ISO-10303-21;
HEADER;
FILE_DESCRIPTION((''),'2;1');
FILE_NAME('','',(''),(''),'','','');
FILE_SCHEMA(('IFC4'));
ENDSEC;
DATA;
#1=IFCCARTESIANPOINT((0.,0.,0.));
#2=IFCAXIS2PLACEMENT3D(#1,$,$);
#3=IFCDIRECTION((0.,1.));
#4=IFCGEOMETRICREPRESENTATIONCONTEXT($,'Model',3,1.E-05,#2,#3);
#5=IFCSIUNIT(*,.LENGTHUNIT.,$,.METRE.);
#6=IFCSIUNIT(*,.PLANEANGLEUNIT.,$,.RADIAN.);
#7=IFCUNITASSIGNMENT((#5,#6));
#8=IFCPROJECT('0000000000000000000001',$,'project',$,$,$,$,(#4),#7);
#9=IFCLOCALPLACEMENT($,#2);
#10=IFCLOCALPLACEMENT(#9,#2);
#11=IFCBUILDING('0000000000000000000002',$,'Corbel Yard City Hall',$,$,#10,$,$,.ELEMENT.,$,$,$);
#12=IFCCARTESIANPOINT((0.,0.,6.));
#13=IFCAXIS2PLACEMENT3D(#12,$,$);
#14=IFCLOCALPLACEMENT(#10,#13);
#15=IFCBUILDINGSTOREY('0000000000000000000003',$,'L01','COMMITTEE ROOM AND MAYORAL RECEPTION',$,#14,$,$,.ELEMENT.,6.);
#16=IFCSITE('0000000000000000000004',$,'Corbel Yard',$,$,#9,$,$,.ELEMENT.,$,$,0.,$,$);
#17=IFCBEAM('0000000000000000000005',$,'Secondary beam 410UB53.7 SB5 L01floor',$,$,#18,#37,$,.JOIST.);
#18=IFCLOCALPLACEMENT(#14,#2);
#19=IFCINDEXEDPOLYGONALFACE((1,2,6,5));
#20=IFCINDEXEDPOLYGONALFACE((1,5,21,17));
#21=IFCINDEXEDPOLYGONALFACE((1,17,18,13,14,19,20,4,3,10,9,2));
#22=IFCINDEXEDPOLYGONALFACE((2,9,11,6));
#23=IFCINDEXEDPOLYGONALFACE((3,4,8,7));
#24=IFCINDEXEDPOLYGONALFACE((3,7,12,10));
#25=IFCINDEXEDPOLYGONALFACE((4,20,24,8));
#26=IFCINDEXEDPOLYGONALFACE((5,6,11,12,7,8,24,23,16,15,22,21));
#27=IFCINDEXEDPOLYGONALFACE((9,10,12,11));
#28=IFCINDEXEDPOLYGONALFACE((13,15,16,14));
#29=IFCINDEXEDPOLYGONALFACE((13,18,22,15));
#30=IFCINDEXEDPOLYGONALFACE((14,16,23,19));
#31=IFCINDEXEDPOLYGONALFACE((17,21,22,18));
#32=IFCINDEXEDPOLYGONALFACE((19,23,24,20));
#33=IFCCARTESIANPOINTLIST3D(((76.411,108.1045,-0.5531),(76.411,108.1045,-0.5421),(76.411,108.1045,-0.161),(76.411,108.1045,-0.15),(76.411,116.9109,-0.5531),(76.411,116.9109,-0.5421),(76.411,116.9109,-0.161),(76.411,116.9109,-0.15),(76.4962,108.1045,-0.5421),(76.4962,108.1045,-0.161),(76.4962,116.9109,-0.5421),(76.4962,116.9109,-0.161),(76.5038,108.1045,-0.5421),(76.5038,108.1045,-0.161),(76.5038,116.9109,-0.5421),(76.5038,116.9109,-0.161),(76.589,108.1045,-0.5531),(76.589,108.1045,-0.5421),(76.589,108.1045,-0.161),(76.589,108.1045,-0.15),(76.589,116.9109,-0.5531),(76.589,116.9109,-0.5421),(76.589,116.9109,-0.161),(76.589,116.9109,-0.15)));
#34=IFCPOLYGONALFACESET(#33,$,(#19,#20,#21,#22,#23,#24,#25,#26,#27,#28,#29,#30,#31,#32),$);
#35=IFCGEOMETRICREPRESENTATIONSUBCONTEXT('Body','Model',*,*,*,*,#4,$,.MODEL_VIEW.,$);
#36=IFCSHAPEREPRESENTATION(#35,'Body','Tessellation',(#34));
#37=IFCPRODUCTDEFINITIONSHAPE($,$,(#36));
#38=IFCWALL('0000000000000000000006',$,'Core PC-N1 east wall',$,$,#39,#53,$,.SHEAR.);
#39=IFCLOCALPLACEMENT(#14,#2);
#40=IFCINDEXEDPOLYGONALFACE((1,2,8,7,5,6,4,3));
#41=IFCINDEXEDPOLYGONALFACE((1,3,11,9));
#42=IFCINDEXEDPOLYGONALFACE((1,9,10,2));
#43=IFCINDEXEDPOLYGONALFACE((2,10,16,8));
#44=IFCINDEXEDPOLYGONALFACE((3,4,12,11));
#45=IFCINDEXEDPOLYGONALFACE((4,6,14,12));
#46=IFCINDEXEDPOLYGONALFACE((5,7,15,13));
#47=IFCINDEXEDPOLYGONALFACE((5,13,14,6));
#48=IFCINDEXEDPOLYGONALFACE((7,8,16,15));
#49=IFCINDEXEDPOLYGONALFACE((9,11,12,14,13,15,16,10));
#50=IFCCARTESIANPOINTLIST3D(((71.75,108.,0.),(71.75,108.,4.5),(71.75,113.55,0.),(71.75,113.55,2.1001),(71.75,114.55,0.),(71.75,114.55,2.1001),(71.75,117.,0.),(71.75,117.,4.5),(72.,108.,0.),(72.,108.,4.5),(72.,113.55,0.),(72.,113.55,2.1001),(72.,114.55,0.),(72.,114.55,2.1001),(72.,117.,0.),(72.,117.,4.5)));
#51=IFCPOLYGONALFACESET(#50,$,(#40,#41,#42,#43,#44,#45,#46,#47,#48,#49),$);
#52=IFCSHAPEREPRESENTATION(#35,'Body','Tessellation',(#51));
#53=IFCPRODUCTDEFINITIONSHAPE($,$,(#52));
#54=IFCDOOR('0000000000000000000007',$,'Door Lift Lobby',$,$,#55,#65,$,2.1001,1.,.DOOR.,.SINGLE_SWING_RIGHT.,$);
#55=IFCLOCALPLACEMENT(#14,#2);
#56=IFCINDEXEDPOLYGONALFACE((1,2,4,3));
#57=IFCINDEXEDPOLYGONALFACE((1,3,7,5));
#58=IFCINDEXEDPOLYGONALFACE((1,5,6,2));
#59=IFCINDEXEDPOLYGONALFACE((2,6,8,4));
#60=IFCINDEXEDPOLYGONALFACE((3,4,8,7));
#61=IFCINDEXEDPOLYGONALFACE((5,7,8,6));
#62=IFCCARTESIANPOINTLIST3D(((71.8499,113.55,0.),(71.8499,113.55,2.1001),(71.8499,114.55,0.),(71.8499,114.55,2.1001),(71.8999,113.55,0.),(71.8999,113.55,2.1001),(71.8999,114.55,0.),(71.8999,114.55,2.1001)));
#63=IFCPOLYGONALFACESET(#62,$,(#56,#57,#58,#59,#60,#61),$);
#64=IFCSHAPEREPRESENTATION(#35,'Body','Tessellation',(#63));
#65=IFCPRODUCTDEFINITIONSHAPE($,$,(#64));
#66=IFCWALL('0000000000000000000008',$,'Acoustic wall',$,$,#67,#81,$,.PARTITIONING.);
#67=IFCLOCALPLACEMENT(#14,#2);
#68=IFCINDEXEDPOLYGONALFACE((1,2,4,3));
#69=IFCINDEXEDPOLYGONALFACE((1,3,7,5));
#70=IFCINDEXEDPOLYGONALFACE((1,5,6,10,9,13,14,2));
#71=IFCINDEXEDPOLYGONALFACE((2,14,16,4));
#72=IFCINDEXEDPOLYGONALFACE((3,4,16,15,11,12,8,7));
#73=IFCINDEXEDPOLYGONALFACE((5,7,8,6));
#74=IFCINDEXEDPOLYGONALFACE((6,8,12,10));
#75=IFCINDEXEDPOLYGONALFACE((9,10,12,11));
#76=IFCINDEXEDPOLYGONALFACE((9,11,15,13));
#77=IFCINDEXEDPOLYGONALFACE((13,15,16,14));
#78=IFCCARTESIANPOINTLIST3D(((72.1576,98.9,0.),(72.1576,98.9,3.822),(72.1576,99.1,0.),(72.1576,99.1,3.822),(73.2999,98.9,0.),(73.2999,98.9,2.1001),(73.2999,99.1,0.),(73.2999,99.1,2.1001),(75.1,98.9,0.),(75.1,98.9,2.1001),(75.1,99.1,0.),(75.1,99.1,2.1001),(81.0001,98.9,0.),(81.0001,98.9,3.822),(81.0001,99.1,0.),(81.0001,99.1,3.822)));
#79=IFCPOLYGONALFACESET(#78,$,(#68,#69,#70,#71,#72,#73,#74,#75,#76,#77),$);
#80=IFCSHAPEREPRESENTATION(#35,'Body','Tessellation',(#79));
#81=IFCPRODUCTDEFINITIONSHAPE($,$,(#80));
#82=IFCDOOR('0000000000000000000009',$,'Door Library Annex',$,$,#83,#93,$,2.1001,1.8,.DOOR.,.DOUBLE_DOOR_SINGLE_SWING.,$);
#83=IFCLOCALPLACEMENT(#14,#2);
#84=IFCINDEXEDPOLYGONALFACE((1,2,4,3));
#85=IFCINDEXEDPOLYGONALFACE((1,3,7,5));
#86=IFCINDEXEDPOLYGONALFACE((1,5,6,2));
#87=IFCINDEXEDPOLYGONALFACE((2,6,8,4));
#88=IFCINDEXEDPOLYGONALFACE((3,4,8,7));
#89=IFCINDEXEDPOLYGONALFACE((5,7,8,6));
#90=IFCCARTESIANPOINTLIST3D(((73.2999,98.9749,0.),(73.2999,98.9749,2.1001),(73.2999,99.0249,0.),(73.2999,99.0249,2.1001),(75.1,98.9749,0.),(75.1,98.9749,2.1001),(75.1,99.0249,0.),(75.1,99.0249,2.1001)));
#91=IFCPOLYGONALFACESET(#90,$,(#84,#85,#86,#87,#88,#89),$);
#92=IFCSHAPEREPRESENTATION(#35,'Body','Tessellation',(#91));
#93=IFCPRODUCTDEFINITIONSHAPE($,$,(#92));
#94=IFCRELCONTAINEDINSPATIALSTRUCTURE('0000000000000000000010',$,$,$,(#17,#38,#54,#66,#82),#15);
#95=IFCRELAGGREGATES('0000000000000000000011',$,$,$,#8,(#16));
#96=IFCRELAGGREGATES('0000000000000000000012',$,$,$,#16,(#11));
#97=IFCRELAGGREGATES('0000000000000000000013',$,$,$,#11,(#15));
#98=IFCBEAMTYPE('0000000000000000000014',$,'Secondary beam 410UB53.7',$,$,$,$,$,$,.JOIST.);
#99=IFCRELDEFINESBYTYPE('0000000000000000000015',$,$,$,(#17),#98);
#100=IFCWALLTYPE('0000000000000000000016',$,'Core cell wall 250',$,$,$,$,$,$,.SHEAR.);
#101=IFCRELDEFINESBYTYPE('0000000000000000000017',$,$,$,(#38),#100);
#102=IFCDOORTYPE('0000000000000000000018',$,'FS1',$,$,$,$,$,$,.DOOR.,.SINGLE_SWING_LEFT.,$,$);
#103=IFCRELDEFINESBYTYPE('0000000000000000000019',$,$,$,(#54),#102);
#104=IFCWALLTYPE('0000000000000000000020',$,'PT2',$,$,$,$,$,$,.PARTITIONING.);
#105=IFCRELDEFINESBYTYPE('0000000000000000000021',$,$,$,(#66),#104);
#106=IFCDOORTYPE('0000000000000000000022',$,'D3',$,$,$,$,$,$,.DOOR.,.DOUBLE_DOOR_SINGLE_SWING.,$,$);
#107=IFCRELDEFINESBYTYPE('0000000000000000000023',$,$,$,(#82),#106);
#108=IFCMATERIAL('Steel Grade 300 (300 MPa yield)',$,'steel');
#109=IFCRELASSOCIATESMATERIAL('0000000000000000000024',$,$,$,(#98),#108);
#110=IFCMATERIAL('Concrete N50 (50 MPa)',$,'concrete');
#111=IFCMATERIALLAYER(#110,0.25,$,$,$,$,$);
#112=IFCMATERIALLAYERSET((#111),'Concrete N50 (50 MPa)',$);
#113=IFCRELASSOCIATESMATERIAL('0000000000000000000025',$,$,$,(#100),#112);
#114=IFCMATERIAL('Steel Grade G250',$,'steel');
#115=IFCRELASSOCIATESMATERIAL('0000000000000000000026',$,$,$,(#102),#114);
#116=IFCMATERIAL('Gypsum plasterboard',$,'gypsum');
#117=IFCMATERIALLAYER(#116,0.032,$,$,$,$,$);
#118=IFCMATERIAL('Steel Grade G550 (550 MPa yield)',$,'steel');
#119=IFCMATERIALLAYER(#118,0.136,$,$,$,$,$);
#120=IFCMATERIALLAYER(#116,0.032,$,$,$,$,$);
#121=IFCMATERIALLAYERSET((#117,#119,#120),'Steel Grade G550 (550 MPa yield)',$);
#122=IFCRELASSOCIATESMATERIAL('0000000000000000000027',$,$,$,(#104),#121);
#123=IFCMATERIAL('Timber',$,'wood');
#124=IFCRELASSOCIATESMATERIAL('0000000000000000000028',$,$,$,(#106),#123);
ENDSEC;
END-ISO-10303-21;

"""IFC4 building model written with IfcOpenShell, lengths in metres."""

from ifc_helpers import new_model, si_unit, direction, frame, frame_2d, origin, origin_2d, place, context, subcontext, project, spatial, rectangle, i_section, extrude, material, layer, layer_set, material_profile, profile_set, type_object, element, fill, save


model = new_model("IFC4")

# Units and contexts
model_context = context("Model", 3, precision=1e-05, world=origin(), true_north=direction((0.0, 1.0)))
body_context = subcontext(model_context, "Body", "Model", "MODEL_VIEW")
ifc_project = project(units=[si_unit("LENGTHUNIT", "METRE"), si_unit("PLANEANGLEUNIT", "RADIAN")], contexts=[model_context])

# Site, building, storey
site_placement = place(None, origin())
site = spatial("IfcSite", under=ifc_project, at=site_placement, Name="Corbel Yard", CompositionType="ELEMENT", RefElevation=0.0)
building_placement = place(site_placement, origin())
building = spatial("IfcBuilding", under=site, at=building_placement, Name="Corbel Yard City Hall", CompositionType="ELEMENT")
storey_placement = place(building_placement, frame((0.0, 0.0, 6.0)))
storey = spatial("IfcBuildingStorey", under=building, at=storey_placement, Name="L01", Description="COMMITTEE ROOM AND MAYORAL RECEPTION", CompositionType="ELEMENT", Elevation=6.0)

# Shared definitions
ifc_material_1 = material(Name="Steel Grade 300 (300 MPa yield)", Category="steel")

# Beam
ifc_material_profile_1 = material_profile(ifc_material_1, i_section(OverallWidth=0.178, OverallDepth=0.4031, WebThickness=0.0076, FlangeThickness=0.011, at=origin_2d()), Name="410UB53.7")
ifc_profile_set_1 = profile_set([ifc_material_profile_1], Name="Steel Grade 300 (300 MPa yield)")
beam_type_1 = type_object("IfcBeamType", Name="Secondary beam 410UB53.7", PredefinedType="JOIST", material=ifc_profile_set_1)
beam_1_placement = place(storey_placement, frame((76.5, 108.1045, -0.3516), z_axis=(0.0, 1.0, 0.0), x_axis=(-1.0, 0.0, 0.0)))
element("IfcBeam", 1, at=beam_1_placement, inside=storey, type_object=beam_type_1, Name="Secondary beam 410UB53.7 SB5 L01floor", PredefinedType="JOIST", context=body_context, shape_type="SweptSolid", body=[
    extrude(i_section(OverallWidth=0.178, OverallDepth=0.4031, WebThickness=0.0076, FlangeThickness=0.011, at=origin_2d()), origin(), (0.0, 0.0, 1.0), 8.8064),
])

# Walls, openings, doors
ifc_material_2 = material(Name="Concrete N50 (50 MPa)", Category="concrete")
ifc_layer_1 = layer(ifc_material_2, 0.25)
ifc_layer_set_1 = layer_set([ifc_layer_1], Name="Concrete N50 (50 MPa)")
wall_type_1 = type_object("IfcWallType", Name="Core cell wall 250", PredefinedType="SHEAR", material=ifc_layer_set_1)
wall_1_placement = place(storey_placement, frame((71.875, 108.0, 0.0), z_axis=(0.0, 0.0, 1.0), x_axis=(0.0, 1.0, 0.0)))
wall_1 = element("IfcWall", 2, at=wall_1_placement, inside=storey, type_object=wall_type_1, Name="Core PC-N1 east wall", PredefinedType="SHEAR", context=body_context, shape_type="SweptSolid", body=[
    extrude(rectangle(XDim=9.0, YDim=0.25, at=frame_2d((4.5, 0.0))), origin(), (0.0, 0.0, 1.0), 4.5),
])
opening_1_placement = place(wall_1_placement, frame((5.55, 0.0, 0.0)))
opening_1 = element("IfcOpeningElement", 3, at=opening_1_placement, cuts=wall_1, PredefinedType="OPENING", context=body_context, shape_type="SweptSolid", body=[
    extrude(rectangle(XDim=1.0, YDim=2.1001, at=frame_2d((0.5, 1.05))), frame((0.0, 0.135, 0.0), z_axis=(0.0, -1.0, 0.0), x_axis=(1.0, 0.0, 0.0)), (0.0, 0.0, 1.0), 0.27),
])
ifc_material_3 = material(Name="Steel Grade G250", Category="steel")
door_type_1 = type_object("IfcDoorType", Name="FS1", OperationType="SINGLE_SWING_LEFT", PredefinedType="DOOR", material=ifc_material_3)
door_1_placement = place(opening_1_placement, frame((1.0, 0.0, 0.0), z_axis=(0.0, 0.0, 1.0), x_axis=(-1.0, 0.0, 0.0)))
door_1 = element("IfcDoor", 4, at=door_1_placement, inside=storey, type_object=door_type_1, Name="Door Lift Lobby", OperationType="SINGLE_SWING_RIGHT", OverallHeight=2.1001, OverallWidth=1.0, PredefinedType="DOOR", context=body_context, shape_type="SweptSolid", body=[
    extrude(rectangle(XDim=1.0, YDim=2.1001, at=frame_2d((0.5, 1.05))), frame((0.0, 0.0249, 0.0), z_axis=(0.0, -1.0, 0.0), x_axis=(1.0, 0.0, 0.0)), (0.0, 0.0, 1.0), 0.05),
])
fill(opening_1, door_1)
ifc_material_4 = material(Name="Gypsum plasterboard", Category="gypsum")
ifc_layer_2 = layer(ifc_material_4, 0.032)
ifc_material_5 = material(Name="Steel Grade G550 (550 MPa yield)", Category="steel")
ifc_layer_3 = layer(ifc_material_5, 0.136)
ifc_layer_4 = layer(ifc_material_4, 0.032)
ifc_layer_set_2 = layer_set([ifc_layer_2, ifc_layer_3, ifc_layer_4], Name="Steel Grade G550 (550 MPa yield)")
wall_type_2 = type_object("IfcWallType", Name="PT2", PredefinedType="PARTITIONING", material=ifc_layer_set_2)
wall_2_placement = place(storey_placement, frame((72.1575, 99.0, 0.0), z_axis=(0.0, 0.0, 1.0), x_axis=(1.0, 0.0, 0.0)))
wall_2 = element("IfcWall", 5, at=wall_2_placement, inside=storey, type_object=wall_type_2, Name="Acoustic wall", PredefinedType="PARTITIONING", context=body_context, shape_type="SweptSolid", body=[
    extrude(rectangle(XDim=8.8425, YDim=0.2, at=frame_2d((4.4214, 0.0))), origin(), (0.0, 0.0, 1.0), 3.822),
])
opening_2_placement = place(wall_2_placement, frame((1.1426, 0.0, 0.0)))
opening_2 = element("IfcOpeningElement", 6, at=opening_2_placement, cuts=wall_2, PredefinedType="OPENING", context=body_context, shape_type="SweptSolid", body=[
    extrude(rectangle(XDim=1.8, YDim=2.1001, at=frame_2d((0.8999, 1.05))), frame((0.0, 0.1099, 0.0), z_axis=(0.0, -1.0, 0.0), x_axis=(1.0, 0.0, 0.0)), (0.0, 0.0, 1.0), 0.22),
])
ifc_material_6 = material(Name="Timber", Category="wood")
door_type_2 = type_object("IfcDoorType", Name="D3", OperationType="DOUBLE_DOOR_SINGLE_SWING", PredefinedType="DOOR", material=ifc_material_6)
door_2_placement = place(opening_2_placement, origin())
door_2 = element("IfcDoor", 7, at=door_2_placement, inside=storey, type_object=door_type_2, Name="Door Library Annex", OperationType="DOUBLE_DOOR_SINGLE_SWING", OverallHeight=2.1001, OverallWidth=1.8, PredefinedType="DOOR", context=body_context, shape_type="SweptSolid", body=[
    extrude(rectangle(XDim=1.8, YDim=2.1001, at=frame_2d((0.8999, 1.05))), frame((0.0, 0.0249, 0.0), z_axis=(0.0, -1.0, 0.0), x_axis=(1.0, 0.0, 0.0)), (0.0, 0.0, 1.0), 0.05),
])
fill(opening_2, door_2)

save(model, "model.ifc")
